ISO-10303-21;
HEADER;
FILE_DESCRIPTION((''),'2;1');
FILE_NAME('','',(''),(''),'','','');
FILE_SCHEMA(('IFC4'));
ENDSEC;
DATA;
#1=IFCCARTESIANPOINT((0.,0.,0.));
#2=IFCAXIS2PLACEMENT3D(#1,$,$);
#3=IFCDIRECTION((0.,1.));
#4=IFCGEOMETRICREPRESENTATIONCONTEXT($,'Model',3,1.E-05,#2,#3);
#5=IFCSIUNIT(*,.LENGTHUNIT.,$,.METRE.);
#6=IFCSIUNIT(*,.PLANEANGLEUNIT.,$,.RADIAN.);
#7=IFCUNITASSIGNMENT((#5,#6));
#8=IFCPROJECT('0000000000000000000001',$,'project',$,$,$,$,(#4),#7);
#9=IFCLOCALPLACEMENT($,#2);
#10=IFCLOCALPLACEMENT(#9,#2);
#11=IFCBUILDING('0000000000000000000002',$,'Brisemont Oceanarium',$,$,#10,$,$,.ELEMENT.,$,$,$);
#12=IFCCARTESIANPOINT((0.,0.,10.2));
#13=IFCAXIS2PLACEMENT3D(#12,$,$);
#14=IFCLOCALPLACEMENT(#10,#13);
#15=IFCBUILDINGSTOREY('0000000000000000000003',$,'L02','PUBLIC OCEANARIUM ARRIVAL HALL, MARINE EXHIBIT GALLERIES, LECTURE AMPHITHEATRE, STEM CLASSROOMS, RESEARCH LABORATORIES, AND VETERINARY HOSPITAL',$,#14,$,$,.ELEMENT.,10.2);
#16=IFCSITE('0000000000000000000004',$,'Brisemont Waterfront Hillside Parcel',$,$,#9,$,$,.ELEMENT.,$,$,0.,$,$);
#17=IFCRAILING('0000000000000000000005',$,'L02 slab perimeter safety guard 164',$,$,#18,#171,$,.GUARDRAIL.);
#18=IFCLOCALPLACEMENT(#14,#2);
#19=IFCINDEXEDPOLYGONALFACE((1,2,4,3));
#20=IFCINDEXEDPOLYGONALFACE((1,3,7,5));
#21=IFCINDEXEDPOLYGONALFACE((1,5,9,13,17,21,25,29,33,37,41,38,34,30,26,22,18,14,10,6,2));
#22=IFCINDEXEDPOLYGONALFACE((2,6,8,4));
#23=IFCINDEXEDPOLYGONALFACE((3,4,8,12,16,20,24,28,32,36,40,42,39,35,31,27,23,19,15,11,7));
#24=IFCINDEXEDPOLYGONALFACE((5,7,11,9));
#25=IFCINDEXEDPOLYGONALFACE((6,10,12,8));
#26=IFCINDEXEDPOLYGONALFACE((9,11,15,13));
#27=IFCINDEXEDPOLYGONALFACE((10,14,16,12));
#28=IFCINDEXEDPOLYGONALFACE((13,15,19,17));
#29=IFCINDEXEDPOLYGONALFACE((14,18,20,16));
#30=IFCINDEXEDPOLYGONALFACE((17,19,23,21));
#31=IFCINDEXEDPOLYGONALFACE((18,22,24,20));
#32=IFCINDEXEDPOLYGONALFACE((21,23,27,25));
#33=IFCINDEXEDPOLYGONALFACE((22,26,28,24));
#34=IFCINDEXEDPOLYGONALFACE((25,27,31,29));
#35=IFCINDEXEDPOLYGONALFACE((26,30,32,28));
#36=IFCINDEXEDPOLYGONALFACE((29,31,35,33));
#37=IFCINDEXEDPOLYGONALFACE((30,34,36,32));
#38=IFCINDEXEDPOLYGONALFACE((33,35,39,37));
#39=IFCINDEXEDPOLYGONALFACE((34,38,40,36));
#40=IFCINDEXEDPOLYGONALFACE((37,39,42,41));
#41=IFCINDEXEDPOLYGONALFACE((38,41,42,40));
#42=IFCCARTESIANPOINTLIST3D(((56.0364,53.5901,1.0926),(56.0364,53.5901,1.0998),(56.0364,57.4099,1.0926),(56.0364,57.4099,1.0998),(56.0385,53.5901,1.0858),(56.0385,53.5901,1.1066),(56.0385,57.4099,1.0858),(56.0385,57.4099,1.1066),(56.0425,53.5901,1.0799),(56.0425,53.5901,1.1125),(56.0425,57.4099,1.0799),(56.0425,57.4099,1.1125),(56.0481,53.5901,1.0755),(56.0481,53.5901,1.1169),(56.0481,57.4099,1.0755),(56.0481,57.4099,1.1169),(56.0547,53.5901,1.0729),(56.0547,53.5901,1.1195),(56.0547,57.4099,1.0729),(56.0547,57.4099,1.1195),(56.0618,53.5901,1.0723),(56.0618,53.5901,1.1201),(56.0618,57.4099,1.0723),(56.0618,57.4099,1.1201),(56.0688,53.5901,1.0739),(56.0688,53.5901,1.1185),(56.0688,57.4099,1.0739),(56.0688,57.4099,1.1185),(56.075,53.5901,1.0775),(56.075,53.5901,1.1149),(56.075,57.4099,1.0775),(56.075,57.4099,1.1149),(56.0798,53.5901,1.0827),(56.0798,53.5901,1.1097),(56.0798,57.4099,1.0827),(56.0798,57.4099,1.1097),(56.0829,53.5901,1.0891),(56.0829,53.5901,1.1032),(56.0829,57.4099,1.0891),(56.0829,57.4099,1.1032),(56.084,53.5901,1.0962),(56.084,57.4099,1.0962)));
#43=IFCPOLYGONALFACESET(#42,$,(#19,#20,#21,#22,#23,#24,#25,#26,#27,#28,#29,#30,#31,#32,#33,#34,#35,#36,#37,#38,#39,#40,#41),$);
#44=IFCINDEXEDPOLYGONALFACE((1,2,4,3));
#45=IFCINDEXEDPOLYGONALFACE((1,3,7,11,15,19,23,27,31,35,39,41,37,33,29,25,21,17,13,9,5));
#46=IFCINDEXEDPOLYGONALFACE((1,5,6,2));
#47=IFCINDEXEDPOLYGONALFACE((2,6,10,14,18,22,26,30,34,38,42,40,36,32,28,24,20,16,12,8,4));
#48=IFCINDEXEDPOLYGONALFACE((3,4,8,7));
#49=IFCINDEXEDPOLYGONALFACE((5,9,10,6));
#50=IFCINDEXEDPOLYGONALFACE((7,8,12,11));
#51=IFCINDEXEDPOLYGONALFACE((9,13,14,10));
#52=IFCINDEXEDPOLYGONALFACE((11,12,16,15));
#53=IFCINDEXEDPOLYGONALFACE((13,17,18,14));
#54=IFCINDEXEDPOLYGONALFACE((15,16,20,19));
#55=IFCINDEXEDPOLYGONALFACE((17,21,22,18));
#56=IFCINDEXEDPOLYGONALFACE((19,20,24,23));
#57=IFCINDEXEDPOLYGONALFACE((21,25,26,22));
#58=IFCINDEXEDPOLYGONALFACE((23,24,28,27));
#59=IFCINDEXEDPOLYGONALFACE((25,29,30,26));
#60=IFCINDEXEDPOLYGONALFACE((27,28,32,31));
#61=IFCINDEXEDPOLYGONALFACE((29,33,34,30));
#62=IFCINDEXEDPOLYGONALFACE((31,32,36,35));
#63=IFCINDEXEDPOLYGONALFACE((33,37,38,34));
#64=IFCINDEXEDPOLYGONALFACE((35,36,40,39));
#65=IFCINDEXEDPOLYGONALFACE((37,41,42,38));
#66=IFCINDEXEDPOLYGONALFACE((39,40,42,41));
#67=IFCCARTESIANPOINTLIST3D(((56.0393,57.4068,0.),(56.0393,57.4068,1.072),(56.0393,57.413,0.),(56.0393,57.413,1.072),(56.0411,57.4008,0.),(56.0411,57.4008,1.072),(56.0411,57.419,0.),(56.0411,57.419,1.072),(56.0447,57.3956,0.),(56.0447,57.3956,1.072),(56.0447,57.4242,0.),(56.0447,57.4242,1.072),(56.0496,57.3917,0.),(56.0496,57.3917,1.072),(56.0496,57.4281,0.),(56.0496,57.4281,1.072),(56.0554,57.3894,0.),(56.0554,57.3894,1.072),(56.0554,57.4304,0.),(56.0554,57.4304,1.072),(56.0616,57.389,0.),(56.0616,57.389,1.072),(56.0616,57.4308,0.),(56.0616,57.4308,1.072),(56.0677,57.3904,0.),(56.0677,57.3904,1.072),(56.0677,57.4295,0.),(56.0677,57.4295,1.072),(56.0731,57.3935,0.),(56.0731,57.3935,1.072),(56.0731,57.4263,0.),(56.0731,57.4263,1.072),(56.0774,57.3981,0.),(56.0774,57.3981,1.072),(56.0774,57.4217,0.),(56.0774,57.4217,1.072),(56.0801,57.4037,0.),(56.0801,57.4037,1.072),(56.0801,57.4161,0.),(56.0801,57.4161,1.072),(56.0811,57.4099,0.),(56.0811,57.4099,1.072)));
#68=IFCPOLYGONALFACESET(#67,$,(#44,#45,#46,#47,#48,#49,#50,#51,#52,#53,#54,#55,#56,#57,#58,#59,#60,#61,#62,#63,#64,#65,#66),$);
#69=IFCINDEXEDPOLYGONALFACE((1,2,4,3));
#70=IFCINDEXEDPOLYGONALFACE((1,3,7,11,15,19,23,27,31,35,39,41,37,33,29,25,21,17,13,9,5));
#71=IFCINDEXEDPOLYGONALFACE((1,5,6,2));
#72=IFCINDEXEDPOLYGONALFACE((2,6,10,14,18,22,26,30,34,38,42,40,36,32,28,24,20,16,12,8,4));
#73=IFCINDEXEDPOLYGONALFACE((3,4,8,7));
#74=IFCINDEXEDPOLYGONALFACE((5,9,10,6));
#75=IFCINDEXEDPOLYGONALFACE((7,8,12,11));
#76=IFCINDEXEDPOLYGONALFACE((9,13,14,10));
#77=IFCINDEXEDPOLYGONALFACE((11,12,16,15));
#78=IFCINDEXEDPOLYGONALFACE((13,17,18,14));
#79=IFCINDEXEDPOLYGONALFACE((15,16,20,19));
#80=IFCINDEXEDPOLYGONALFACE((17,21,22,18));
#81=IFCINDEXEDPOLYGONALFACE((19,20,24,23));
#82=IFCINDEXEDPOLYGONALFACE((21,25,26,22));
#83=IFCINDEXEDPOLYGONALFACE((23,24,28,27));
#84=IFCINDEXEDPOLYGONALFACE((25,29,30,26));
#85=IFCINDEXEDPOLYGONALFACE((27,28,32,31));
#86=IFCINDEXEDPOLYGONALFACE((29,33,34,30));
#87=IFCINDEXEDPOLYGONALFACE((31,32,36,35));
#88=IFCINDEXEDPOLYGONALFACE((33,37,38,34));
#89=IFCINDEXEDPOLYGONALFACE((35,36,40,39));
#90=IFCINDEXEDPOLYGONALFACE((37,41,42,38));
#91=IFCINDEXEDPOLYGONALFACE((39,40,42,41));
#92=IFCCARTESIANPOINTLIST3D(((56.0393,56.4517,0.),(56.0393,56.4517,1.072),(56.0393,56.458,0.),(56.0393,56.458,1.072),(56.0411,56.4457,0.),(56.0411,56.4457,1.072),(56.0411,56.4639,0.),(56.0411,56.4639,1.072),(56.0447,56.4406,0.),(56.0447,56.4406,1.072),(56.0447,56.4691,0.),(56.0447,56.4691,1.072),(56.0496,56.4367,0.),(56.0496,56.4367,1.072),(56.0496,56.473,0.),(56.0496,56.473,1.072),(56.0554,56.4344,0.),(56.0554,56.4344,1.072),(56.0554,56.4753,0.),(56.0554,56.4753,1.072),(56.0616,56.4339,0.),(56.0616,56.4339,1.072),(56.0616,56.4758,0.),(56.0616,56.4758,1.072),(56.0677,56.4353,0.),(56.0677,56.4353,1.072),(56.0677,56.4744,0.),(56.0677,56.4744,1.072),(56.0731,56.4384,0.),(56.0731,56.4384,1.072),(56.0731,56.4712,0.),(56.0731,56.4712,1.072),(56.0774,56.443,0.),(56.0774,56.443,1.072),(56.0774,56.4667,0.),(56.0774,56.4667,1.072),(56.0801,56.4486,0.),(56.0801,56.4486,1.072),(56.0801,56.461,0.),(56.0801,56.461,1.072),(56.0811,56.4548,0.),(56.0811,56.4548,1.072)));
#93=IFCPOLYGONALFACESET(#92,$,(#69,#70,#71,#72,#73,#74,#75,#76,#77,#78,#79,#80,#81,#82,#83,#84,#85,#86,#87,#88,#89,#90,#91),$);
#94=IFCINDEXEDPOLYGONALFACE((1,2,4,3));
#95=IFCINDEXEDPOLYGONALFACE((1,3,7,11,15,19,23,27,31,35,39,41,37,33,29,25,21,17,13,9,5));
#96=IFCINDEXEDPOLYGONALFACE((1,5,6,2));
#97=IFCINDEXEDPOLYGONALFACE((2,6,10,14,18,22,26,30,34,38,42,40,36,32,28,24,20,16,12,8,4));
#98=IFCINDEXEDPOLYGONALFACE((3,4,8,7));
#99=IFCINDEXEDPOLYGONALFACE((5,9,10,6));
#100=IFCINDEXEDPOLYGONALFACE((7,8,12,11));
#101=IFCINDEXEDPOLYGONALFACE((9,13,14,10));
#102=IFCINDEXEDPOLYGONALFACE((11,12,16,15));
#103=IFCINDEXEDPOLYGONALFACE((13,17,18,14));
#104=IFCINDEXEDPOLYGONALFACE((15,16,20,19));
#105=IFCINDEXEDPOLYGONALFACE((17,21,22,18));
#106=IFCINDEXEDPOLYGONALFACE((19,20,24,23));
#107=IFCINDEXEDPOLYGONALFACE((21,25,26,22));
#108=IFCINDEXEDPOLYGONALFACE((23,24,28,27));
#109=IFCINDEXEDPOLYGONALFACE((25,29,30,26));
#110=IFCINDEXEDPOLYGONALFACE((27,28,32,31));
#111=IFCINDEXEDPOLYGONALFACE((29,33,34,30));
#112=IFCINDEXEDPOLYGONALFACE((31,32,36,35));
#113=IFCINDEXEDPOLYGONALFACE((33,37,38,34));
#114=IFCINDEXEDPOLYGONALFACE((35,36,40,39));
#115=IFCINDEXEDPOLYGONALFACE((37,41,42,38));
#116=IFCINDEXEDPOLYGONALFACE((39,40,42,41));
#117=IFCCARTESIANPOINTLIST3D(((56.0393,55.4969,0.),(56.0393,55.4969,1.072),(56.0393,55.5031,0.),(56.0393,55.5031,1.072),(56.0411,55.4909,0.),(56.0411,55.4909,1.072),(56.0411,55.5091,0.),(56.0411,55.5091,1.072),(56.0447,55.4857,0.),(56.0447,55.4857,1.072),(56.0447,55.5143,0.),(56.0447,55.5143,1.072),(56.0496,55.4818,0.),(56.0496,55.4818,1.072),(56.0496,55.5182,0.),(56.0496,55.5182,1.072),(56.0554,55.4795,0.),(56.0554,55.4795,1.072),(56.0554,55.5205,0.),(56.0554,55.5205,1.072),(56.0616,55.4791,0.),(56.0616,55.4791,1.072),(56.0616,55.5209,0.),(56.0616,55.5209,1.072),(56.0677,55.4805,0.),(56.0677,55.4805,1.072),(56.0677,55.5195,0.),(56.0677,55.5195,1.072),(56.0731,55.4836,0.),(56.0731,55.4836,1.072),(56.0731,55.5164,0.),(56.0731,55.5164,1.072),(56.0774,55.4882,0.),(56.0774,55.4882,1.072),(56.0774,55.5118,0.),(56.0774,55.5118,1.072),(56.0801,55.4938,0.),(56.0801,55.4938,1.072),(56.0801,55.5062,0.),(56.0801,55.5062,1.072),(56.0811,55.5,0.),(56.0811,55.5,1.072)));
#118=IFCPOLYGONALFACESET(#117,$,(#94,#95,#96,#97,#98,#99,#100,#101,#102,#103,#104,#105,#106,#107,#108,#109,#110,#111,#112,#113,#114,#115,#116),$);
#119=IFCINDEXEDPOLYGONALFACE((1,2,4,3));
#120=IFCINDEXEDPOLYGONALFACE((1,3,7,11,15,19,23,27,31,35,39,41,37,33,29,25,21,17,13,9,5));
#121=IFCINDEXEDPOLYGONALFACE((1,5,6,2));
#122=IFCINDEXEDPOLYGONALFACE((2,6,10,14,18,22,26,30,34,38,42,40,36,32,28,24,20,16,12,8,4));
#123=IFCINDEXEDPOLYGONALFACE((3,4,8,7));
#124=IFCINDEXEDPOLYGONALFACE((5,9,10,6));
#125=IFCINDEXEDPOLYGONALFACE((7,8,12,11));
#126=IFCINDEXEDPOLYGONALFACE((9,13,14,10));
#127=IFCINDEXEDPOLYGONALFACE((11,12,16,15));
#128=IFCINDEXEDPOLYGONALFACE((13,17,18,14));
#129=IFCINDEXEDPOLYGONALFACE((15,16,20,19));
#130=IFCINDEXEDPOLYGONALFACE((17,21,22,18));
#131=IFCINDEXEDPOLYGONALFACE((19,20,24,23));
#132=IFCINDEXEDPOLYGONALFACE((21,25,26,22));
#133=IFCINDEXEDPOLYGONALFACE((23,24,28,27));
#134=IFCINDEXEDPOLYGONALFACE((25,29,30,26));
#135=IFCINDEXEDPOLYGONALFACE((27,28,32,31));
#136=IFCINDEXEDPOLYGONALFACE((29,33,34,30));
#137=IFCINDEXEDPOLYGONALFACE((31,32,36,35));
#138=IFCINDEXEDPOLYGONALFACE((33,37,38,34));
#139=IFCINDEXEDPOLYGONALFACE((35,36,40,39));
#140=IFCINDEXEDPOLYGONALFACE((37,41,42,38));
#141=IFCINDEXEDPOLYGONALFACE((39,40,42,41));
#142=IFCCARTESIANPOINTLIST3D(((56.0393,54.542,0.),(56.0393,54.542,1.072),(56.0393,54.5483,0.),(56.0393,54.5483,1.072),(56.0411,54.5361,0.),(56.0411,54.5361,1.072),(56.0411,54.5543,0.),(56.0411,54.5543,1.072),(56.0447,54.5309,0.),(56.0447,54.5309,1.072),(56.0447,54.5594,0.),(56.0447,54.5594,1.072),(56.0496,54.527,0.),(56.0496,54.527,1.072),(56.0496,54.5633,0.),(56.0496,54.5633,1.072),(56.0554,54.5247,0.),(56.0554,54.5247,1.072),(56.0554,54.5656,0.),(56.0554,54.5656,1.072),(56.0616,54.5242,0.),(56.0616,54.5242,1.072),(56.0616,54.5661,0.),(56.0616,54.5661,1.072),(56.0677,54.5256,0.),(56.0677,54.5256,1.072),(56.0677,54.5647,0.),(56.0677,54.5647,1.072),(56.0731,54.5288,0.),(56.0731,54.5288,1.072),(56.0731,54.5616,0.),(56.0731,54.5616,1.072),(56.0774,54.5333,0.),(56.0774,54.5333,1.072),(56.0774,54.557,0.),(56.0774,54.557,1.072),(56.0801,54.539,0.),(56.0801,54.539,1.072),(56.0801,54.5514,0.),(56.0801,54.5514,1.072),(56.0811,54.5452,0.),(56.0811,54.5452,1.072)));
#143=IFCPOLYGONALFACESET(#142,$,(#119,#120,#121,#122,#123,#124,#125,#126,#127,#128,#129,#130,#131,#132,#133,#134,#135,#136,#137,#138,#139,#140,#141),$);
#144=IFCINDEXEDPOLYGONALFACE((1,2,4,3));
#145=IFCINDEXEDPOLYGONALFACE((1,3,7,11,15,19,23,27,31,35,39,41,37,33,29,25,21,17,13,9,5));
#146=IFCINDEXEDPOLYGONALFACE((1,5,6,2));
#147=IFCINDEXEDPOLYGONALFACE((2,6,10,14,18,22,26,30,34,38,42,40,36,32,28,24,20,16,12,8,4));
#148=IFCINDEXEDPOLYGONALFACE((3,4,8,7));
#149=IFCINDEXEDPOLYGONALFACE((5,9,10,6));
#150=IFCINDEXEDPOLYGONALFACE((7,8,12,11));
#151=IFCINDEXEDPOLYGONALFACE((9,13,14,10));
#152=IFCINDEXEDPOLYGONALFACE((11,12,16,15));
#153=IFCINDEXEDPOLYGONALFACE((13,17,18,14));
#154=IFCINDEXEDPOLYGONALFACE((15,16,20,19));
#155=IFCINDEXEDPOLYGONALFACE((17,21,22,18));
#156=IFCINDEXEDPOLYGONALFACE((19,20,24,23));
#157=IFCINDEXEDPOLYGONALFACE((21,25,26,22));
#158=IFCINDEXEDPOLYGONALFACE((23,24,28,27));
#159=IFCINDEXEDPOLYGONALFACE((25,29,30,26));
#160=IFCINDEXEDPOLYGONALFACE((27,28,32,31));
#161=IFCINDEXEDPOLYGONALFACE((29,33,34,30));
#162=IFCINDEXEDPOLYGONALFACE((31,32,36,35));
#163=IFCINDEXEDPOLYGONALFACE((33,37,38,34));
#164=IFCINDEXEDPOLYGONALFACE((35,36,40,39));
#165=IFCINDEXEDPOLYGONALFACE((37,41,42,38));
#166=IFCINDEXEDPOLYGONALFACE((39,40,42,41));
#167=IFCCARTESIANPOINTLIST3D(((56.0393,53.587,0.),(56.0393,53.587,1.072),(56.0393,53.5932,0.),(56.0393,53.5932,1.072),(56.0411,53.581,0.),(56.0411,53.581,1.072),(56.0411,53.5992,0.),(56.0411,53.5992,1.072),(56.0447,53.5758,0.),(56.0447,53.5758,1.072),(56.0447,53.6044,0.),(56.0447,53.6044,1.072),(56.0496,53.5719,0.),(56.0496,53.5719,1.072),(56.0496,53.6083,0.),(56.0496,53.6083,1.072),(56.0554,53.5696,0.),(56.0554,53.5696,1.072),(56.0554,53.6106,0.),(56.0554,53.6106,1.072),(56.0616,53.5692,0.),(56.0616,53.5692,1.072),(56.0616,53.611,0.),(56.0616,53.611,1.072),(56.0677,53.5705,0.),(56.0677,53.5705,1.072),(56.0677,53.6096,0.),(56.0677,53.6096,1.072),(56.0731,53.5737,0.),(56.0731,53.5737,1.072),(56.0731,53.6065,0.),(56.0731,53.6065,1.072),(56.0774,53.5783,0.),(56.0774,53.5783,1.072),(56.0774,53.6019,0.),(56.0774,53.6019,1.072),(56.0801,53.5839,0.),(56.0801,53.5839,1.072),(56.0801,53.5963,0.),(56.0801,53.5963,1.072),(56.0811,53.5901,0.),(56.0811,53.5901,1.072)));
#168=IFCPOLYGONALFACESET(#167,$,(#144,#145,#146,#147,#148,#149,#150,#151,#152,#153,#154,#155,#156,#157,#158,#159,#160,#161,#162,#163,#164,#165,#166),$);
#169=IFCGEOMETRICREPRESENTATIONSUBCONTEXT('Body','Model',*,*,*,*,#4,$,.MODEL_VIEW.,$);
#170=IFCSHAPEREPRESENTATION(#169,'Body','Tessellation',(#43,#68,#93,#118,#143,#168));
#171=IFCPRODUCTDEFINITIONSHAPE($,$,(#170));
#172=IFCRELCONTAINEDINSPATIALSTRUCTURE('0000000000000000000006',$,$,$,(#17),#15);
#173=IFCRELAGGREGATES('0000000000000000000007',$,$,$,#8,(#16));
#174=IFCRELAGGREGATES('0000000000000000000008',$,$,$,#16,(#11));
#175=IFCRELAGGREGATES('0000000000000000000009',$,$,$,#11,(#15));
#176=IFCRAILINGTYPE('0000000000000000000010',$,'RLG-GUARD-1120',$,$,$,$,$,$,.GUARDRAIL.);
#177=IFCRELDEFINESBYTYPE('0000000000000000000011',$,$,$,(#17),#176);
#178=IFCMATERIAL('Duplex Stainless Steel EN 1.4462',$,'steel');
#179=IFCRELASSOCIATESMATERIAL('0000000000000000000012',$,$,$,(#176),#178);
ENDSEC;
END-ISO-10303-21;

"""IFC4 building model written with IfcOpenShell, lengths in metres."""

from ifc_helpers import new_model, si_unit, direction, frame, origin, origin_2d, place, context, subcontext, project, spatial, circle, extrude, material, type_object, element, save


model = new_model("IFC4")

# Units and contexts
model_context = context("Model", 3, precision=1e-05, world=origin(), true_north=direction((0.0, 1.0)))
body_context = subcontext(model_context, "Body", "Model", "MODEL_VIEW")
ifc_project = project(units=[si_unit("LENGTHUNIT", "METRE"), si_unit("PLANEANGLEUNIT", "RADIAN")], contexts=[model_context])

# Site, building, storey
site_placement = place(None, origin())
site = spatial("IfcSite", under=ifc_project, at=site_placement, Name="Brisemont Waterfront Hillside Parcel", CompositionType="ELEMENT", RefElevation=0.0)
building_placement = place(site_placement, origin())
building = spatial("IfcBuilding", under=site, at=building_placement, Name="Brisemont Oceanarium", CompositionType="ELEMENT")
storey_placement = place(building_placement, frame((0.0, 0.0, 10.2)))
storey = spatial("IfcBuildingStorey", under=building, at=storey_placement, Name="L02", Description="PUBLIC OCEANARIUM ARRIVAL HALL, MARINE EXHIBIT GALLERIES, LECTURE AMPHITHEATRE, STEM CLASSROOMS, RESEARCH LABORATORIES, AND VETERINARY HOSPITAL", CompositionType="ELEMENT", Elevation=10.2)

# Railing
ifc_material_1 = material(Name="Duplex Stainless Steel EN 1.4462", Category="steel")
railing_type = type_object("IfcRailingType", Name="RLG-GUARD-1120", PredefinedType="GUARDRAIL", material=ifc_material_1)
railing_1_placement = place(storey_placement, frame((56.0601, 57.4099, 0.0)))
element("IfcRailing", 1, at=railing_1_placement, inside=storey, type_object=railing_type, Name="L02 slab perimeter safety guard 164", PredefinedType="GUARDRAIL", context=body_context, shape_type="SweptSolid", body=[
    extrude(circle(Radius=0.0239, at=origin_2d()), frame((0.0, 0.0, 1.0962), z_axis=(0.0, -1.0, 0.0), x_axis=(1.0, 0.0, 0.0)), (0.0, 0.0, 1.0), 3.8198),
    extrude(circle(Radius=0.021, at=origin_2d()), origin(), (0.0, 0.0, 1.0), 1.072),
    extrude(circle(Radius=0.021, at=origin_2d()), frame((0.0, -0.9551, 0.0)), (0.0, 0.0, 1.0), 1.072),
    extrude(circle(Radius=0.021, at=origin_2d()), frame((0.0, -1.9099, 0.0)), (0.0, 0.0, 1.0), 1.072),
    extrude(circle(Radius=0.021, at=origin_2d()), frame((0.0, -2.8647, 0.0)), (0.0, 0.0, 1.0), 1.072),
    extrude(circle(Radius=0.021, at=origin_2d()), frame((0.0, -3.8198, 0.0)), (0.0, 0.0, 1.0), 1.072),
])

save(model, "model.ifc")
